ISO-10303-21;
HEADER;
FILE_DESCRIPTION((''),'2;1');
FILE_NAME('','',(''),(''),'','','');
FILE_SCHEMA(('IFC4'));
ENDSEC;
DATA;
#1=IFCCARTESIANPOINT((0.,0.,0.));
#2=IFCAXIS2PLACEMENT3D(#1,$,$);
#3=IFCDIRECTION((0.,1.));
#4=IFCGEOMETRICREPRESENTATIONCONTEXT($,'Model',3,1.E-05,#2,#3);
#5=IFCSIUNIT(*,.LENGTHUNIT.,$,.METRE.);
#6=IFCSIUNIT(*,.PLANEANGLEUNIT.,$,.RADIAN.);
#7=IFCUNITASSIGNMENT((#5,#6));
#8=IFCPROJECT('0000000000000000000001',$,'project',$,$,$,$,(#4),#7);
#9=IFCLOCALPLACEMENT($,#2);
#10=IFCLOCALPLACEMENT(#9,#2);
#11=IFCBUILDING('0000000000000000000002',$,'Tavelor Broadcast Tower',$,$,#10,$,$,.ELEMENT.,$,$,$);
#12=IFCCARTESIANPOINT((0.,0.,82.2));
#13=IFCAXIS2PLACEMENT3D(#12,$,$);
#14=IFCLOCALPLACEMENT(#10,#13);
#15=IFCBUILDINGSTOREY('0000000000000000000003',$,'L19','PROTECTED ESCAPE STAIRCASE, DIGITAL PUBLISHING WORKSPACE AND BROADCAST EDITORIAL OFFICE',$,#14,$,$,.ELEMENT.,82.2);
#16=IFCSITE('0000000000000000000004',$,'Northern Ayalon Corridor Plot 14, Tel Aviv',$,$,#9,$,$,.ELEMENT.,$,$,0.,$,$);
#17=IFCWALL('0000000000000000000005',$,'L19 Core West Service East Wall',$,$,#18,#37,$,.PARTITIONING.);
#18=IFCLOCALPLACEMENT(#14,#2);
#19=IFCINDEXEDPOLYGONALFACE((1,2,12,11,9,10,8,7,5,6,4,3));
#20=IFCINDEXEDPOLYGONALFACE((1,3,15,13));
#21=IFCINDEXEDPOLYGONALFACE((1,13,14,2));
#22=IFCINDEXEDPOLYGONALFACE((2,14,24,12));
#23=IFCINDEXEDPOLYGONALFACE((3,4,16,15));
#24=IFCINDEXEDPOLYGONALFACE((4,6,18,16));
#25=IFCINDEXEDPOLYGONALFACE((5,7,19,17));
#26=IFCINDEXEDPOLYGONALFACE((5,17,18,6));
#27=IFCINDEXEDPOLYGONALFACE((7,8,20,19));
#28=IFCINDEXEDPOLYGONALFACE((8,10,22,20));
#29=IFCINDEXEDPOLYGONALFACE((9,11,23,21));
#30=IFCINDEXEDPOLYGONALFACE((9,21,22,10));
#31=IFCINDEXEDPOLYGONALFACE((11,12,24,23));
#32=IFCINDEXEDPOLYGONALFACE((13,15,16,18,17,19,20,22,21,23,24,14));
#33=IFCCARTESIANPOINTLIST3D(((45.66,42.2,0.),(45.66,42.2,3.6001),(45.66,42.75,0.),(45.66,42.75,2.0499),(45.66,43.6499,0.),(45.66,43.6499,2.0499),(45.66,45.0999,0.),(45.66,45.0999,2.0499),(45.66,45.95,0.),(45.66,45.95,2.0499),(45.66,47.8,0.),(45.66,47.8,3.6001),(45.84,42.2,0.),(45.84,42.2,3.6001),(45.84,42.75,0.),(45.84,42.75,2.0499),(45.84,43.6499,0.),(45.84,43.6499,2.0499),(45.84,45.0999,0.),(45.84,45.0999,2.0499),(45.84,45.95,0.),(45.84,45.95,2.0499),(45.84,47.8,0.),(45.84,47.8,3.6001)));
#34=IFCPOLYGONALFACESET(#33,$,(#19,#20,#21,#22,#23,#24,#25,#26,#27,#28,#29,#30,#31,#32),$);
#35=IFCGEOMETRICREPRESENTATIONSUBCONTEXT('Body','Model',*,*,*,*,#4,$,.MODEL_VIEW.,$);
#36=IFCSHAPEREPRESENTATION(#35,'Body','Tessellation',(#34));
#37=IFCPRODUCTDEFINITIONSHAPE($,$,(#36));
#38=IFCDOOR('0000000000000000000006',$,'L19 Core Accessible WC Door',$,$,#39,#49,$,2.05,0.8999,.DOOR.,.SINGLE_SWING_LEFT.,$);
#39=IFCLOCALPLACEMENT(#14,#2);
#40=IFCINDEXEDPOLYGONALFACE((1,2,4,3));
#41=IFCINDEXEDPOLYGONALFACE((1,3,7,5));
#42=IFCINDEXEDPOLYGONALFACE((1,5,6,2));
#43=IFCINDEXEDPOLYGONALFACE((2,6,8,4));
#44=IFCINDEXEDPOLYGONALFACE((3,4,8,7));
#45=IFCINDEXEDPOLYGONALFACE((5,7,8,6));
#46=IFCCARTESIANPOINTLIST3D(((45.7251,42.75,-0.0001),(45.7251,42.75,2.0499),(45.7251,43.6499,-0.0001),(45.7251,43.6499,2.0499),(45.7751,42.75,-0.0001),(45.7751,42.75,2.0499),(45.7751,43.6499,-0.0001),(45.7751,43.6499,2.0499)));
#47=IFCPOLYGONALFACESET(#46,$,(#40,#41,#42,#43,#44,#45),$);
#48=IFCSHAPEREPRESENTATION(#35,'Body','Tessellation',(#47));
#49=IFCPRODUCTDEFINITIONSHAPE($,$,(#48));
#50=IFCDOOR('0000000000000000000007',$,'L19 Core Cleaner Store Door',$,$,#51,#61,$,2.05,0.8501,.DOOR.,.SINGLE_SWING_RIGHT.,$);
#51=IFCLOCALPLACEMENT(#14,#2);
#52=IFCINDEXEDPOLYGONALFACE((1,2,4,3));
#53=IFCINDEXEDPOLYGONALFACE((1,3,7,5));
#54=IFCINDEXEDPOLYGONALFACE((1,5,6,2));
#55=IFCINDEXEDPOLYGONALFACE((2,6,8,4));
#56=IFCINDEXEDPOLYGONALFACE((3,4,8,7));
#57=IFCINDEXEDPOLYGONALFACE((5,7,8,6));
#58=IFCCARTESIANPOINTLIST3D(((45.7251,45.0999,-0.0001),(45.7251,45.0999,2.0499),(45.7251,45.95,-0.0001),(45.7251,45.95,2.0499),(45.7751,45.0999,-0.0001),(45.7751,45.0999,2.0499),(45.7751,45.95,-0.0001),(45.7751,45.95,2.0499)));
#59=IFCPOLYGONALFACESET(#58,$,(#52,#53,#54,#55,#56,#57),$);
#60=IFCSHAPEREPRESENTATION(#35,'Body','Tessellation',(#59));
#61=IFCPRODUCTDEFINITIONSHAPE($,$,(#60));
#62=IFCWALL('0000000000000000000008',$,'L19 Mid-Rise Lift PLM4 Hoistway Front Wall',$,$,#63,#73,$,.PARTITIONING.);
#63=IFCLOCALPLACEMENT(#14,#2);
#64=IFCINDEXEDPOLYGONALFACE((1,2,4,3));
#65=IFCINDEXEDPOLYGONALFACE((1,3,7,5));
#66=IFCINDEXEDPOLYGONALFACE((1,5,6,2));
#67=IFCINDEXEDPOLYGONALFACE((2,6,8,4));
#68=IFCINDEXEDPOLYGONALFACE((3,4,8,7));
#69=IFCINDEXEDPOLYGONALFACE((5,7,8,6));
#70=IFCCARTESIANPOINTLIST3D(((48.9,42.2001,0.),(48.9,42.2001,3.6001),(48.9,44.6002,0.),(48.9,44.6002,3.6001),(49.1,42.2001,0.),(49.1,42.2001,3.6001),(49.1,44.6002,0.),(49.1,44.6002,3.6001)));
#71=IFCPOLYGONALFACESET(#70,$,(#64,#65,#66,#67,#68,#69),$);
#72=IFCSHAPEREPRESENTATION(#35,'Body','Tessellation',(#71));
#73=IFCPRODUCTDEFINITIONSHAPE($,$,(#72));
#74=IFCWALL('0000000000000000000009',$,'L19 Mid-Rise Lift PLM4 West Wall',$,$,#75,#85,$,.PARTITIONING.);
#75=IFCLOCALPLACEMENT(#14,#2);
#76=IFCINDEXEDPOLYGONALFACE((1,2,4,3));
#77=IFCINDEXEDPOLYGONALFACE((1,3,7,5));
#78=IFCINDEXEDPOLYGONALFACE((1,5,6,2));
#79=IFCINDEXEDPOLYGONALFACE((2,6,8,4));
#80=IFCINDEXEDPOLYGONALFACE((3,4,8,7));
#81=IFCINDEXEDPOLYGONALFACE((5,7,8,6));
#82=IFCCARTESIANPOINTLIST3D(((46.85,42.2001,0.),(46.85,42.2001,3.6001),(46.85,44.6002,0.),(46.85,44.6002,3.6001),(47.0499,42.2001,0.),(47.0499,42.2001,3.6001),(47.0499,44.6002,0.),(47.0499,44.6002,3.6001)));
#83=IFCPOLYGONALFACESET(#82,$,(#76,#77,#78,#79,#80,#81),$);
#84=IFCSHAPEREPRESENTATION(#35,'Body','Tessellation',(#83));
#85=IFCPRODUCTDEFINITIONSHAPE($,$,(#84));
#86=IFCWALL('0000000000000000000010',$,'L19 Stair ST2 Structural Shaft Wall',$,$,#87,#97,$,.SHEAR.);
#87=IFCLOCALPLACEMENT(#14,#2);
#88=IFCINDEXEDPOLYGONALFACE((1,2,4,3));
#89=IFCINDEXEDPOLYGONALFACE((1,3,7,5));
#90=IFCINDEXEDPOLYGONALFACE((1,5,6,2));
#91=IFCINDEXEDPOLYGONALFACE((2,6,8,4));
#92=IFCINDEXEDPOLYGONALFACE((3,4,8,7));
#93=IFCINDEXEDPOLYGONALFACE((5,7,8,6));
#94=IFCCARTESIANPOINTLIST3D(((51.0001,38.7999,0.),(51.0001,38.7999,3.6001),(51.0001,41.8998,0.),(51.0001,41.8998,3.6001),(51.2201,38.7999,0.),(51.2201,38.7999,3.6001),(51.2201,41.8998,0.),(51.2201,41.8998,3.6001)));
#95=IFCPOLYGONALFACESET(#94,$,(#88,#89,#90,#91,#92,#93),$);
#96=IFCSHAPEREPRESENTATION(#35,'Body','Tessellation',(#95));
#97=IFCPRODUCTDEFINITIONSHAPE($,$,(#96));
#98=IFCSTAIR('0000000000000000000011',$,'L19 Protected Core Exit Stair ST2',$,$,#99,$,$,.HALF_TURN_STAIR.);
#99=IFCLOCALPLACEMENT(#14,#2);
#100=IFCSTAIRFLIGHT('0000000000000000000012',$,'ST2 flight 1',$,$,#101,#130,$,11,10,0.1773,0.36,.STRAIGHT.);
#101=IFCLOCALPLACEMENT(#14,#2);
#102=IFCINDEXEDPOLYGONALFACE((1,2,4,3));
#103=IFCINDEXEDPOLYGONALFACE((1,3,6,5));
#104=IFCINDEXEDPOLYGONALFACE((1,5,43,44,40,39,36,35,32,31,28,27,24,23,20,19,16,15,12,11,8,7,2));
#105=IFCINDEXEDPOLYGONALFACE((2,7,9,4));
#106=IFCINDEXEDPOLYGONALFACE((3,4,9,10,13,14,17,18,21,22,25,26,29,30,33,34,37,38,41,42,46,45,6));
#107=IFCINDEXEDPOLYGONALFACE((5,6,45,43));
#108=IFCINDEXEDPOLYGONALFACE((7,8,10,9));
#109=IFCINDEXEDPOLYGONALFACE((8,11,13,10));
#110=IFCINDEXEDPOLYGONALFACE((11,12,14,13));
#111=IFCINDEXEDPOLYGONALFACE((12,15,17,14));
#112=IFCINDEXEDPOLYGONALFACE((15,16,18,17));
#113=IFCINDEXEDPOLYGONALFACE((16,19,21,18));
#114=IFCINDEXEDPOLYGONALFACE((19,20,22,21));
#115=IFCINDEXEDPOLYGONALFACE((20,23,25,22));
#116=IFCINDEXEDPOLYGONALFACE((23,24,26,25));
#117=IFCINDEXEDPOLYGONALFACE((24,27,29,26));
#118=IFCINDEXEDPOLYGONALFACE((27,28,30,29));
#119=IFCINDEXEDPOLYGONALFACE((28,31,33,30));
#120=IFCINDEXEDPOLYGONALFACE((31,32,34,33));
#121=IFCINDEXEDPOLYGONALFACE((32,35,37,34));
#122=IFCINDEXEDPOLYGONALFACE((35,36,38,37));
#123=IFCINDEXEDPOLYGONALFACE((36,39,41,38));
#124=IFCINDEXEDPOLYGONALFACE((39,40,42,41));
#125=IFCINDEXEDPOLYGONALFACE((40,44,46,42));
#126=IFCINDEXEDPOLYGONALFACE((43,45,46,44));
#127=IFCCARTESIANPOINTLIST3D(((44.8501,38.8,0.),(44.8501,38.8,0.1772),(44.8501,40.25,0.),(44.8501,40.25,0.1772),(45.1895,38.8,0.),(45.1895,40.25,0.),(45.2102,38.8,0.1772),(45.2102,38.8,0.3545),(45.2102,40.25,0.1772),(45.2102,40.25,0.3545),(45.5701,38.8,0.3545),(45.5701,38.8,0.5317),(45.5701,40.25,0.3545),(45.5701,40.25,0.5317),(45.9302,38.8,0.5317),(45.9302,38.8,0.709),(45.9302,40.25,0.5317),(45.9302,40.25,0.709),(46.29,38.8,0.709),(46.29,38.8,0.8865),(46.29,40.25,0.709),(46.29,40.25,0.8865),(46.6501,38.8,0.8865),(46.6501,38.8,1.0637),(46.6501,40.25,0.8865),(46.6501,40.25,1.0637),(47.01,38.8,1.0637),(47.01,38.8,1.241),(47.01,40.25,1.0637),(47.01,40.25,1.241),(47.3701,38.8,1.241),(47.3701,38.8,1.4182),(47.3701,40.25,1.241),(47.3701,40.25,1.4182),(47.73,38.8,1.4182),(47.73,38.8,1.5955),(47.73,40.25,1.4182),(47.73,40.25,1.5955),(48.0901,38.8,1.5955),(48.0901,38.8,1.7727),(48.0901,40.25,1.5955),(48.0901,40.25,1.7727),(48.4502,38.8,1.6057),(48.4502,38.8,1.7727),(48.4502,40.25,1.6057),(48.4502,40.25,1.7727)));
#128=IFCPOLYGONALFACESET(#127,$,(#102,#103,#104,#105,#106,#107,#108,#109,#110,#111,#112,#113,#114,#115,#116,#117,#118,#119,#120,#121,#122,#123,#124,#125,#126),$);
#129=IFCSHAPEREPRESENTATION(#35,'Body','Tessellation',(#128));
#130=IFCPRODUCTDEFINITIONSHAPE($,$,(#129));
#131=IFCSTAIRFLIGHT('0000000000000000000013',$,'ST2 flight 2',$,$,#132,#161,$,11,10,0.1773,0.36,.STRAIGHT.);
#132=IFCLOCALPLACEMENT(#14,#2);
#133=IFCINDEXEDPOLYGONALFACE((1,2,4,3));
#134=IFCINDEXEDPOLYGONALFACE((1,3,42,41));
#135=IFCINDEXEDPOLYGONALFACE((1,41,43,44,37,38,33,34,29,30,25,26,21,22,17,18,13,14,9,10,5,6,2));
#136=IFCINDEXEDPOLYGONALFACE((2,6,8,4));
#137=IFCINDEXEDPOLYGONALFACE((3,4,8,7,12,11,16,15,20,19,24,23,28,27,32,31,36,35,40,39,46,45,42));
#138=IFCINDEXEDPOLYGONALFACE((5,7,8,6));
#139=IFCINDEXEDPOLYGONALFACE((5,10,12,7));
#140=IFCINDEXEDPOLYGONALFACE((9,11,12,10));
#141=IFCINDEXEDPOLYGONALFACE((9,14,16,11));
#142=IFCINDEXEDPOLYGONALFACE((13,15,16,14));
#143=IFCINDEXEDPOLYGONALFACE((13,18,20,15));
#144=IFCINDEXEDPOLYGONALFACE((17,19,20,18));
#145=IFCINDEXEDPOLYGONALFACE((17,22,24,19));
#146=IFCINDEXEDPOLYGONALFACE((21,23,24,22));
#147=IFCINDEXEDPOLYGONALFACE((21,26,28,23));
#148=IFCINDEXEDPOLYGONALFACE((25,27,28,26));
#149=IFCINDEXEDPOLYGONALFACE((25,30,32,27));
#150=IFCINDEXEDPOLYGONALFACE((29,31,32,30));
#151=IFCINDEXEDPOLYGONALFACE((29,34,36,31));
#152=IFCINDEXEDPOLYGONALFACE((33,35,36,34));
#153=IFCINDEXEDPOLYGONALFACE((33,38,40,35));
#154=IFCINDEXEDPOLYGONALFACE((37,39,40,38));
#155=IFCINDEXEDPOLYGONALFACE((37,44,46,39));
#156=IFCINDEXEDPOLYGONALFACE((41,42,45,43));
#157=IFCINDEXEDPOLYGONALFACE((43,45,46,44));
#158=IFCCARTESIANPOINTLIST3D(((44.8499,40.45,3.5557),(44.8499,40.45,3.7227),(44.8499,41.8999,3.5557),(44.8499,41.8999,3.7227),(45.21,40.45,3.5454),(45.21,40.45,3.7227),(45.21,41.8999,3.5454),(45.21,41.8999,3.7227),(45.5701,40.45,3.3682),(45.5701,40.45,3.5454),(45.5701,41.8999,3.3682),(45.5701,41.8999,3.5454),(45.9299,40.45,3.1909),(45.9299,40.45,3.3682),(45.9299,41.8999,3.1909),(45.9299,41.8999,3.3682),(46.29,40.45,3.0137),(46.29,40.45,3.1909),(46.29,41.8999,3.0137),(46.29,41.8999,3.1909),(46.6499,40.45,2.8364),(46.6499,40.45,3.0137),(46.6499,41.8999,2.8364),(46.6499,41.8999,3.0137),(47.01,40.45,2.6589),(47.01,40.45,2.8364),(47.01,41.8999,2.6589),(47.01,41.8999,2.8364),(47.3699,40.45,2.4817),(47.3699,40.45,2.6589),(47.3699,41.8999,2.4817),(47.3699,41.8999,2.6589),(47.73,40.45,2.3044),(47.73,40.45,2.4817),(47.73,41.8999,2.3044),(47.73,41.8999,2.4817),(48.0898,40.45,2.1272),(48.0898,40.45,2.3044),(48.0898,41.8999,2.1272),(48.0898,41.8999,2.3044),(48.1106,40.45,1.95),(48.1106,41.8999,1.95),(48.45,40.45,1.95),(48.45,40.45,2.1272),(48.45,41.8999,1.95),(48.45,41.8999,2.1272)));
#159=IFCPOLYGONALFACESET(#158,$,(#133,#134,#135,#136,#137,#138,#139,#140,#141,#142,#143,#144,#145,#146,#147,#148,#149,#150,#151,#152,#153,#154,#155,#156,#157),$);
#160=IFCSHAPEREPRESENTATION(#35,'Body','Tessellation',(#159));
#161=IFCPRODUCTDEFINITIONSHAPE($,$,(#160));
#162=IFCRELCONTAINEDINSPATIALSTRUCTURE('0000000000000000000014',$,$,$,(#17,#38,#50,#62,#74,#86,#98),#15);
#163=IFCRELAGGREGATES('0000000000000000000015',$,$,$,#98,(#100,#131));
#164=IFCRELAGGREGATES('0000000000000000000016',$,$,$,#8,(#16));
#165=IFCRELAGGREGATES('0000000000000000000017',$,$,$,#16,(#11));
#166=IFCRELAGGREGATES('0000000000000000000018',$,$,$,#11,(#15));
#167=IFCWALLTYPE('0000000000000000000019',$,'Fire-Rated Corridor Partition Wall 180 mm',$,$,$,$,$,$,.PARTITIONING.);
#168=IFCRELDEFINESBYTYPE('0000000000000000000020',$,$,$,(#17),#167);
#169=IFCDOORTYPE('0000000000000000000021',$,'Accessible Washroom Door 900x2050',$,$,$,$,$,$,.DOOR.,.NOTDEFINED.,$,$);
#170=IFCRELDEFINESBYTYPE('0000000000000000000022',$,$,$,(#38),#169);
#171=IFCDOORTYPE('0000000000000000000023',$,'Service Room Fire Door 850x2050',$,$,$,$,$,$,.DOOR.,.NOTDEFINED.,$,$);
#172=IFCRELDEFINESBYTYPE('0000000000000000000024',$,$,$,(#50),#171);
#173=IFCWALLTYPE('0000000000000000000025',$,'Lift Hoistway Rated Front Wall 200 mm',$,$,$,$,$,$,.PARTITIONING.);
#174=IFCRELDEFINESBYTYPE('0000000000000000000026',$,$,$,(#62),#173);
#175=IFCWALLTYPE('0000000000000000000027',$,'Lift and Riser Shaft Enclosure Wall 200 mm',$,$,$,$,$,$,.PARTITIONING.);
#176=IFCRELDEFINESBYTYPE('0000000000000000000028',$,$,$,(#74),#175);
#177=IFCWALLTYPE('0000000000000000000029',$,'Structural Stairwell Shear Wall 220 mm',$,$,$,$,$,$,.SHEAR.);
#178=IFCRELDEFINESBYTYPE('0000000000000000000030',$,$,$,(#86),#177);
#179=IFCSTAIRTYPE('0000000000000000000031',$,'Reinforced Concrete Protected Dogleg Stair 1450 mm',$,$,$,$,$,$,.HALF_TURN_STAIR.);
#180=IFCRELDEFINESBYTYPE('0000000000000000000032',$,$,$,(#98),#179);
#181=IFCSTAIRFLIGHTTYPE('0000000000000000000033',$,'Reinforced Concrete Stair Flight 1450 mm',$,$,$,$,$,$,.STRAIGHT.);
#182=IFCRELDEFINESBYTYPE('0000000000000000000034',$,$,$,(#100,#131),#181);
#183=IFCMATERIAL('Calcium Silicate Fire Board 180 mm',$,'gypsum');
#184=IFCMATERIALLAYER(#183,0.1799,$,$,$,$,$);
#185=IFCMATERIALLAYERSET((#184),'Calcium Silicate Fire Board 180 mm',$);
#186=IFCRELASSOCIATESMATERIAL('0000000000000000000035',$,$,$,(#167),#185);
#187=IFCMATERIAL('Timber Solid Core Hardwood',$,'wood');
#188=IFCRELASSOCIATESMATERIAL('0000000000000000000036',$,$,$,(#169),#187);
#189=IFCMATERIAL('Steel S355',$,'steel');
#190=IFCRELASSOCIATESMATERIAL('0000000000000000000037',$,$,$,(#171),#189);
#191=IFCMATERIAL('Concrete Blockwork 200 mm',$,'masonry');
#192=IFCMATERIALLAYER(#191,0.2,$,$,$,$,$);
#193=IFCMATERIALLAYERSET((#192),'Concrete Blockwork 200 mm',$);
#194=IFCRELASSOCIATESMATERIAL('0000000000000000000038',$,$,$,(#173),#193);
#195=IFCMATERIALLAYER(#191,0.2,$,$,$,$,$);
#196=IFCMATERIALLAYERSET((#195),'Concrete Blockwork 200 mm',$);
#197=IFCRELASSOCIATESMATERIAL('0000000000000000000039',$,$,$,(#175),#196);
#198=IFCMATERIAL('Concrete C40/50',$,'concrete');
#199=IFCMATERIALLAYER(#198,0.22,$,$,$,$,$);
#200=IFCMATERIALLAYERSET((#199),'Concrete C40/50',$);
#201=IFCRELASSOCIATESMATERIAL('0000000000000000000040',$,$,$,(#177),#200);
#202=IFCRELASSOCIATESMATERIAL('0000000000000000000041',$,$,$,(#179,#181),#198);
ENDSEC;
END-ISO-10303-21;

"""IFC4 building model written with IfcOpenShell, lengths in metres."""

from ifc_helpers import new_model, si_unit, direction, frame, frame_2d, origin, place, context, subcontext, project, spatial, polyline, rectangle, outline, extrude, material, layer, layer_set, type_object, element, fill, aggregate, save


model = new_model("IFC4")

# Units and contexts
model_context = context("Model", 3, precision=1e-05, world=origin(), true_north=direction((0.0, 1.0)))
body_context = subcontext(model_context, "Body", "Model", "MODEL_VIEW")
ifc_project = project(units=[si_unit("LENGTHUNIT", "METRE"), si_unit("PLANEANGLEUNIT", "RADIAN")], contexts=[model_context])

# Site, building, storey
site_placement = place(None, origin())
site = spatial("IfcSite", under=ifc_project, at=site_placement, Name="Northern Ayalon Corridor Plot 14, Tel Aviv", CompositionType="ELEMENT", RefElevation=0.0)
building_placement = place(site_placement, origin())
building = spatial("IfcBuilding", under=site, at=building_placement, Name="Tavelor Broadcast Tower", CompositionType="ELEMENT")
storey_placement = place(building_placement, frame((0.0, 0.0, 82.2)))
storey = spatial("IfcBuildingStorey", under=building, at=storey_placement, Name="L19", Description="PROTECTED ESCAPE STAIRCASE, DIGITAL PUBLISHING WORKSPACE AND BROADCAST EDITORIAL OFFICE", CompositionType="ELEMENT", Elevation=82.2)

# Shared definitions
ifc_material_1 = material(Name="Concrete C40/50", Category="concrete")
ifc_material_2 = material(Name="Steel S355", Category="steel")

# Wall, openings, doors
ifc_material_3 = material(Name="Calcium Silicate Fire Board 180 mm", Category="gypsum")
ifc_layer_1 = layer(ifc_material_3, 0.1799)
ifc_layer_set_1 = layer_set([ifc_layer_1], Name="Calcium Silicate Fire Board 180 mm")
wall_type_1 = type_object("IfcWallType", Name="Fire-Rated Corridor Partition Wall 180 mm", PredefinedType="PARTITIONING", material=ifc_layer_set_1)
wall_1_placement = place(storey_placement, frame((45.75, 42.2, 0.0), z_axis=(0.0, 0.0, 1.0), x_axis=(0.0, 1.0, 0.0)))
wall_1 = element("IfcWall", 1, at=wall_1_placement, inside=storey, type_object=wall_type_1, Name="L19 Core West Service East Wall", PredefinedType="PARTITIONING", context=body_context, shape_type="SweptSolid", body=[
    extrude(rectangle(XDim=5.6001, YDim=0.1799, at=frame_2d((2.8, 0.0))), origin(), (0.0, 0.0, 1.0), 3.6001),
])
opening_1_placement = place(wall_1_placement, frame((0.55, 0.0, 0.0)))
opening_1 = element("IfcOpeningElement", 2, at=opening_1_placement, cuts=wall_1, PredefinedType="OPENING", context=body_context, shape_type="SweptSolid", body=[
    extrude(rectangle(XDim=0.8999, YDim=2.05, at=frame_2d((0.45, 1.0249))), frame((0.0, 0.1001, 0.0), z_axis=(0.0, -1.0, 0.0), x_axis=(1.0, 0.0, 0.0)), (0.0, 0.0, 1.0), 0.2),
])
opening_2_placement = place(wall_1_placement, frame((2.8999, 0.0, 0.0)))
opening_2 = element("IfcOpeningElement", 3, at=opening_2_placement, cuts=wall_1, PredefinedType="OPENING", context=body_context, shape_type="SweptSolid", body=[
    extrude(rectangle(XDim=0.8501, YDim=2.05, at=frame_2d((0.425, 1.0249))), frame((0.0, 0.1001, 0.0), z_axis=(0.0, -1.0, 0.0), x_axis=(1.0, 0.0, 0.0)), (0.0, 0.0, 1.0), 0.2),
])
ifc_material_4 = material(Name="Timber Solid Core Hardwood", Category="wood")
door_type_1 = type_object("IfcDoorType", Name="Accessible Washroom Door 900x2050", OperationType="NOTDEFINED", PredefinedType="DOOR", material=ifc_material_4)
door_1_placement = place(opening_1_placement, origin())
door_1 = element("IfcDoor", 4, at=door_1_placement, inside=storey, type_object=door_type_1, Name="L19 Core Accessible WC Door", OperationType="SINGLE_SWING_LEFT", OverallHeight=2.05, OverallWidth=0.8999, PredefinedType="DOOR", context=body_context, shape_type="SweptSolid", body=[
    extrude(rectangle(XDim=0.8999, YDim=2.05, at=frame_2d((0.45, 1.0249))), frame((0.0, 0.0249, 0.0), z_axis=(0.0, -1.0, 0.0), x_axis=(1.0, 0.0, 0.0)), (0.0, 0.0, 1.0), 0.05),
])
fill(opening_1, door_1)
door_type_2 = type_object("IfcDoorType", Name="Service Room Fire Door 850x2050", OperationType="NOTDEFINED", PredefinedType="DOOR", material=ifc_material_2)
door_2_placement = place(opening_2_placement, origin())
door_2 = element("IfcDoor", 5, at=door_2_placement, inside=storey, type_object=door_type_2, Name="L19 Core Cleaner Store Door", OperationType="SINGLE_SWING_RIGHT", OverallHeight=2.05, OverallWidth=0.8501, PredefinedType="DOOR", context=body_context, shape_type="SweptSolid", body=[
    extrude(rectangle(XDim=0.8501, YDim=2.05, at=frame_2d((0.425, 1.0249))), frame((0.0, 0.0249, 0.0), z_axis=(0.0, -1.0, 0.0), x_axis=(1.0, 0.0, 0.0)), (0.0, 0.0, 1.0), 0.05),
])
fill(opening_2, door_2)

# Walls
ifc_material_5 = material(Name="Concrete Blockwork 200 mm", Category="masonry")
ifc_layer_2 = layer(ifc_material_5, 0.2)
ifc_layer_set_2 = layer_set([ifc_layer_2], Name="Concrete Blockwork 200 mm")
wall_type_2 = type_object("IfcWallType", Name="Lift Hoistway Rated Front Wall 200 mm", PredefinedType="PARTITIONING", material=ifc_layer_set_2)
wall_2_placement = place(storey_placement, frame((49.0, 42.2, 0.0), z_axis=(0.0, 0.0, 1.0), x_axis=(0.0, 1.0, 0.0)))
element("IfcWall", 6, at=wall_2_placement, inside=storey, type_object=wall_type_2, Name="L19 Mid-Rise Lift PLM4 Hoistway Front Wall", PredefinedType="PARTITIONING", context=body_context, shape_type="SweptSolid", body=[
    extrude(rectangle(XDim=2.4001, YDim=0.2, at=frame_2d((1.2002, 0.0))), origin(), (0.0, 0.0, 1.0), 3.6001),
])
ifc_layer_3 = layer(ifc_material_5, 0.2)
ifc_layer_set_3 = layer_set([ifc_layer_3], Name="Concrete Blockwork 200 mm")
wall_type_3 = type_object("IfcWallType", Name="Lift and Riser Shaft Enclosure Wall 200 mm", PredefinedType="PARTITIONING", material=ifc_layer_set_3)
wall_3_placement = place(storey_placement, frame((46.95, 42.2, 0.0), z_axis=(0.0, 0.0, 1.0), x_axis=(0.0, 1.0, 0.0)))
element("IfcWall", 7, at=wall_3_placement, inside=storey, type_object=wall_type_3, Name="L19 Mid-Rise Lift PLM4 West Wall", PredefinedType="PARTITIONING", context=body_context, shape_type="SweptSolid", body=[
    extrude(rectangle(XDim=2.4001, YDim=0.2, at=frame_2d((1.2002, 0.0))), origin(), (0.0, 0.0, 1.0), 3.6001),
])
ifc_layer_4 = layer(ifc_material_1, 0.22)
ifc_layer_set_4 = layer_set([ifc_layer_4], Name="Concrete C40/50")
wall_type_4 = type_object("IfcWallType", Name="Structural Stairwell Shear Wall 220 mm", PredefinedType="SHEAR", material=ifc_layer_set_4)
wall_4_placement = place(storey_placement, frame((51.1101, 38.8, 0.0), z_axis=(0.0, 0.0, 1.0), x_axis=(0.0, 1.0, 0.0)))
element("IfcWall", 8, at=wall_4_placement, inside=storey, type_object=wall_type_4, Name="L19 Stair ST2 Structural Shaft Wall", PredefinedType="SHEAR", context=body_context, shape_type="SweptSolid", body=[
    extrude(rectangle(XDim=3.0999, YDim=0.22, at=frame_2d((1.5498, 0.0))), origin(), (0.0, 0.0, 1.0), 3.6001),
])

# Stair, stair flights
stair_type = type_object("IfcStairType", Name="Reinforced Concrete Protected Dogleg Stair 1450 mm", PredefinedType="HALF_TURN_STAIR", material=ifc_material_1)
stair_placement = place(storey_placement, origin())
stair = element("IfcStair", 9, at=stair_placement, inside=storey, type_object=stair_type, Name="L19 Protected Core Exit Stair ST2", PredefinedType="HALF_TURN_STAIR")
stair_flight_type = type_object("IfcStairFlightType", Name="Reinforced Concrete Stair Flight 1450 mm", PredefinedType="STRAIGHT", material=ifc_material_1)
stair_flight_1_placement = place(storey_placement, frame((44.8501, 39.5249, 0.0), z_axis=(0.0, 0.0, 1.0), x_axis=(1.0, 0.0, 0.0)))
stair_flight_1 = element("IfcStairFlight", 10, at=stair_flight_1_placement, type_object=stair_flight_type, Name="ST2 flight 1", NumberOfRisers=11, NumberOfTreads=10, PredefinedType="STRAIGHT", RiserHeight=0.1773, TreadLength=0.36, context=body_context, shape_type="SweptSolid", body=[
    extrude(outline(polyline([(0.0, 0.0), (0.0, 0.1772), (0.3601, 0.1772), (0.3601, 0.3545), (0.72, 0.3545), (0.72, 0.5317), (1.0801, 0.5317), (1.0801, 0.709), (1.4399, 0.709), (1.4399, 0.8865), (1.8, 0.8865), (1.8, 1.0637), (2.1599, 1.0637), (2.1599, 1.241), (2.52, 1.241), (2.52, 1.4182), (2.8799, 1.4182), (2.8799, 1.5955), (3.24, 1.5955), (3.24, 1.7727), (3.6001, 1.7727), (3.6001, 1.95), (3.6001, 1.6057), (0.3394, 0.0), (0.0, 0.0)])), frame((0.0, 0.7251, 0.0), z_axis=(0.0, -1.0, 0.0), x_axis=(1.0, 0.0, 0.0)), (0.0, 0.0, 1.0), 1.45),
])
stair_flight_2_placement = place(storey_placement, frame((48.45, 41.175, 1.95), z_axis=(0.0, 0.0, 1.0), x_axis=(-1.0, 0.0, 0.0)))
stair_flight_2 = element("IfcStairFlight", 11, at=stair_flight_2_placement, type_object=stair_flight_type, Name="ST2 flight 2", NumberOfRisers=11, NumberOfTreads=10, PredefinedType="STRAIGHT", RiserHeight=0.1773, TreadLength=0.36, context=body_context, shape_type="SweptSolid", body=[
    extrude(outline(polyline([(0.0, 0.0), (0.0, 0.1772), (0.3601, 0.1772), (0.3601, 0.3545), (0.72, 0.3545), (0.72, 0.5317), (1.0801, 0.5317), (1.0801, 0.709), (1.4399, 0.709), (1.4399, 0.8865), (1.8, 0.8865), (1.8, 1.0637), (2.1599, 1.0637), (2.1599, 1.241), (2.52, 1.241), (2.52, 1.4182), (2.8799, 1.4182), (2.8799, 1.5955), (3.24, 1.5955), (3.24, 1.7727), (3.6001, 1.7727), (3.6001, 1.95), (3.6001, 1.6057), (0.3394, 0.0), (0.0, 0.0)])), frame((0.0, 0.7251, 0.0), z_axis=(0.0, -1.0, 0.0), x_axis=(1.0, 0.0, 0.0)), (0.0, 0.0, 1.0), 1.45),
])
aggregate(stair, [stair_flight_1, stair_flight_2])

save(model, "model.ifc")
